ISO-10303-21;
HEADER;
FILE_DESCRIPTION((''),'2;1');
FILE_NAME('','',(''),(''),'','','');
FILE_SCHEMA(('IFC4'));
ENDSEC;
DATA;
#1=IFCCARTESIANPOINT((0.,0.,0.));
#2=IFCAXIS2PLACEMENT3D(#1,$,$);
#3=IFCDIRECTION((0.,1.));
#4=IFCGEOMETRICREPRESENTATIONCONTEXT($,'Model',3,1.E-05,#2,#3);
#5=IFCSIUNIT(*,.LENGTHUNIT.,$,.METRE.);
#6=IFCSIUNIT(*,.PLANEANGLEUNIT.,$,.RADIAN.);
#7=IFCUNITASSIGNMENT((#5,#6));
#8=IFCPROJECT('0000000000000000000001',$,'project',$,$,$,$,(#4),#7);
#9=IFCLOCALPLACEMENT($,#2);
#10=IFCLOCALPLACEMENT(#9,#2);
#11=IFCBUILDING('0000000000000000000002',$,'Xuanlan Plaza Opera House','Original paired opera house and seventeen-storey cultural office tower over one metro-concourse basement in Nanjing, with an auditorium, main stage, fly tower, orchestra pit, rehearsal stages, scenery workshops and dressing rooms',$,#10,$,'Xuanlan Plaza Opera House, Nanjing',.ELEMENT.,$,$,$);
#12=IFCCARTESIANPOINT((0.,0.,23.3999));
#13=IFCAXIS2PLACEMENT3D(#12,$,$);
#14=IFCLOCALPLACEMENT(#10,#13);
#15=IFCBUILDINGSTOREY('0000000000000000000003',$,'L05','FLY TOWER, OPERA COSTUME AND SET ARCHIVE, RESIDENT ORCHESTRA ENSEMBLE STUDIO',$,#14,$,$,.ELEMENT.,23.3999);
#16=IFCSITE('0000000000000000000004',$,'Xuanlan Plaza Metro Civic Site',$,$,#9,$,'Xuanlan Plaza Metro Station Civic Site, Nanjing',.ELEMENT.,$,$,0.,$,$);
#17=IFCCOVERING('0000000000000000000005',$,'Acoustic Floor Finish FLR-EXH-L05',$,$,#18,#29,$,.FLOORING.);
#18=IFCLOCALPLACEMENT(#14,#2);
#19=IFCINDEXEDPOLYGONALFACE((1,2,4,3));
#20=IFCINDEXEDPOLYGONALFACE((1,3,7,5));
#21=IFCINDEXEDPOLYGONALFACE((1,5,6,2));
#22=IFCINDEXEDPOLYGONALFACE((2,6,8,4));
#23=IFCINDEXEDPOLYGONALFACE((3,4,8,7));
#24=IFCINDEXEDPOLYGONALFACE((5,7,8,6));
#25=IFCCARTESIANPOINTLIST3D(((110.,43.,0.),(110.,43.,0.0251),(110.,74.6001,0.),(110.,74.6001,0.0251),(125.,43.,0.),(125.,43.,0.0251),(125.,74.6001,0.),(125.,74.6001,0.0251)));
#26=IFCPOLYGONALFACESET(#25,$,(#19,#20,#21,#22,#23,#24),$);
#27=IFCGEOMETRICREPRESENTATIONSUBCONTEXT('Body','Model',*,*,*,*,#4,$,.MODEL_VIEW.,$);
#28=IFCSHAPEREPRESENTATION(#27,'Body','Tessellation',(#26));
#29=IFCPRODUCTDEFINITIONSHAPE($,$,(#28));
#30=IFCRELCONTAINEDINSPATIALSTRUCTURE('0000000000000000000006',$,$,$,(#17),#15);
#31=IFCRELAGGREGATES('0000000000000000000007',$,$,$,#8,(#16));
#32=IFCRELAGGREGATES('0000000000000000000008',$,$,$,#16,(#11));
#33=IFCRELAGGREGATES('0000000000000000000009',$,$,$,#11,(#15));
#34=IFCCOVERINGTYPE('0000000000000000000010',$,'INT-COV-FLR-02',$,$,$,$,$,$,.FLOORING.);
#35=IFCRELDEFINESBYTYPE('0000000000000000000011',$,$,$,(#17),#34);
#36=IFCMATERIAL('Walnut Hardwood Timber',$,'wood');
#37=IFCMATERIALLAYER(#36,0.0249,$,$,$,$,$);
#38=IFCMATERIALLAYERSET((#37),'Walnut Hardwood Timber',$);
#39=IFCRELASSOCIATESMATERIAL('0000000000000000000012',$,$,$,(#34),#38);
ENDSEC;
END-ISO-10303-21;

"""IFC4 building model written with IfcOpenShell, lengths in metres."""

from ifc_helpers import new_model, si_unit, direction, frame, origin, place, context, subcontext, project, spatial, polyline, outline, extrude, material, layer, layer_set, type_object, element, save


model = new_model("IFC4")

# Units and contexts
model_context = context("Model", 3, precision=1e-05, world=origin(), true_north=direction((0.0, 1.0)))
body_context = subcontext(model_context, "Body", "Model", "MODEL_VIEW")
ifc_project = project(units=[si_unit("LENGTHUNIT", "METRE"), si_unit("PLANEANGLEUNIT", "RADIAN")], contexts=[model_context])

# Site, building, storey
site_placement = place(None, origin())
site = spatial("IfcSite", under=ifc_project, at=site_placement, Name="Xuanlan Plaza Metro Civic Site", LongName="Xuanlan Plaza Metro Station Civic Site, Nanjing", CompositionType="ELEMENT", RefElevation=0.0)
building_placement = place(site_placement, origin())
building = spatial("IfcBuilding", under=site, at=building_placement, Name="Xuanlan Plaza Opera House", Description="Original paired opera house and seventeen-storey cultural office tower over one metro-concourse basement in Nanjing, with an auditorium, main stage, fly tower, orchestra pit, rehearsal stages, scenery workshops and dressing rooms", LongName="Xuanlan Plaza Opera House, Nanjing", CompositionType="ELEMENT")
storey_placement = place(building_placement, frame((0.0, 0.0, 23.3999)))
storey = spatial("IfcBuildingStorey", under=building, at=storey_placement, Name="L05", Description="FLY TOWER, OPERA COSTUME AND SET ARCHIVE, RESIDENT ORCHESTRA ENSEMBLE STUDIO", CompositionType="ELEMENT", Elevation=23.3999)

# Covering
ifc_material_1 = material(Name="Walnut Hardwood Timber", Category="wood")
ifc_layer_1 = layer(ifc_material_1, 0.0249)
ifc_layer_set_1 = layer_set([ifc_layer_1], Name="Walnut Hardwood Timber")
covering_type = type_object("IfcCoveringType", Name="INT-COV-FLR-02", PredefinedType="FLOORING", material=ifc_layer_set_1)
covering_placement = place(storey_placement, origin())
element("IfcCovering", 1, at=covering_placement, inside=storey, type_object=covering_type, Name="Acoustic Floor Finish FLR-EXH-L05", PredefinedType="FLOORING", context=body_context, shape_type="SweptSolid", body=[
    extrude(outline(polyline([(110.0, 43.0), (125.0, 43.0), (125.0, 74.6001), (110.0, 74.6001), (110.0, 43.0)])), origin(), (0.0, 0.0, 1.0), 0.0251),
])

save(model, "model.ifc")
